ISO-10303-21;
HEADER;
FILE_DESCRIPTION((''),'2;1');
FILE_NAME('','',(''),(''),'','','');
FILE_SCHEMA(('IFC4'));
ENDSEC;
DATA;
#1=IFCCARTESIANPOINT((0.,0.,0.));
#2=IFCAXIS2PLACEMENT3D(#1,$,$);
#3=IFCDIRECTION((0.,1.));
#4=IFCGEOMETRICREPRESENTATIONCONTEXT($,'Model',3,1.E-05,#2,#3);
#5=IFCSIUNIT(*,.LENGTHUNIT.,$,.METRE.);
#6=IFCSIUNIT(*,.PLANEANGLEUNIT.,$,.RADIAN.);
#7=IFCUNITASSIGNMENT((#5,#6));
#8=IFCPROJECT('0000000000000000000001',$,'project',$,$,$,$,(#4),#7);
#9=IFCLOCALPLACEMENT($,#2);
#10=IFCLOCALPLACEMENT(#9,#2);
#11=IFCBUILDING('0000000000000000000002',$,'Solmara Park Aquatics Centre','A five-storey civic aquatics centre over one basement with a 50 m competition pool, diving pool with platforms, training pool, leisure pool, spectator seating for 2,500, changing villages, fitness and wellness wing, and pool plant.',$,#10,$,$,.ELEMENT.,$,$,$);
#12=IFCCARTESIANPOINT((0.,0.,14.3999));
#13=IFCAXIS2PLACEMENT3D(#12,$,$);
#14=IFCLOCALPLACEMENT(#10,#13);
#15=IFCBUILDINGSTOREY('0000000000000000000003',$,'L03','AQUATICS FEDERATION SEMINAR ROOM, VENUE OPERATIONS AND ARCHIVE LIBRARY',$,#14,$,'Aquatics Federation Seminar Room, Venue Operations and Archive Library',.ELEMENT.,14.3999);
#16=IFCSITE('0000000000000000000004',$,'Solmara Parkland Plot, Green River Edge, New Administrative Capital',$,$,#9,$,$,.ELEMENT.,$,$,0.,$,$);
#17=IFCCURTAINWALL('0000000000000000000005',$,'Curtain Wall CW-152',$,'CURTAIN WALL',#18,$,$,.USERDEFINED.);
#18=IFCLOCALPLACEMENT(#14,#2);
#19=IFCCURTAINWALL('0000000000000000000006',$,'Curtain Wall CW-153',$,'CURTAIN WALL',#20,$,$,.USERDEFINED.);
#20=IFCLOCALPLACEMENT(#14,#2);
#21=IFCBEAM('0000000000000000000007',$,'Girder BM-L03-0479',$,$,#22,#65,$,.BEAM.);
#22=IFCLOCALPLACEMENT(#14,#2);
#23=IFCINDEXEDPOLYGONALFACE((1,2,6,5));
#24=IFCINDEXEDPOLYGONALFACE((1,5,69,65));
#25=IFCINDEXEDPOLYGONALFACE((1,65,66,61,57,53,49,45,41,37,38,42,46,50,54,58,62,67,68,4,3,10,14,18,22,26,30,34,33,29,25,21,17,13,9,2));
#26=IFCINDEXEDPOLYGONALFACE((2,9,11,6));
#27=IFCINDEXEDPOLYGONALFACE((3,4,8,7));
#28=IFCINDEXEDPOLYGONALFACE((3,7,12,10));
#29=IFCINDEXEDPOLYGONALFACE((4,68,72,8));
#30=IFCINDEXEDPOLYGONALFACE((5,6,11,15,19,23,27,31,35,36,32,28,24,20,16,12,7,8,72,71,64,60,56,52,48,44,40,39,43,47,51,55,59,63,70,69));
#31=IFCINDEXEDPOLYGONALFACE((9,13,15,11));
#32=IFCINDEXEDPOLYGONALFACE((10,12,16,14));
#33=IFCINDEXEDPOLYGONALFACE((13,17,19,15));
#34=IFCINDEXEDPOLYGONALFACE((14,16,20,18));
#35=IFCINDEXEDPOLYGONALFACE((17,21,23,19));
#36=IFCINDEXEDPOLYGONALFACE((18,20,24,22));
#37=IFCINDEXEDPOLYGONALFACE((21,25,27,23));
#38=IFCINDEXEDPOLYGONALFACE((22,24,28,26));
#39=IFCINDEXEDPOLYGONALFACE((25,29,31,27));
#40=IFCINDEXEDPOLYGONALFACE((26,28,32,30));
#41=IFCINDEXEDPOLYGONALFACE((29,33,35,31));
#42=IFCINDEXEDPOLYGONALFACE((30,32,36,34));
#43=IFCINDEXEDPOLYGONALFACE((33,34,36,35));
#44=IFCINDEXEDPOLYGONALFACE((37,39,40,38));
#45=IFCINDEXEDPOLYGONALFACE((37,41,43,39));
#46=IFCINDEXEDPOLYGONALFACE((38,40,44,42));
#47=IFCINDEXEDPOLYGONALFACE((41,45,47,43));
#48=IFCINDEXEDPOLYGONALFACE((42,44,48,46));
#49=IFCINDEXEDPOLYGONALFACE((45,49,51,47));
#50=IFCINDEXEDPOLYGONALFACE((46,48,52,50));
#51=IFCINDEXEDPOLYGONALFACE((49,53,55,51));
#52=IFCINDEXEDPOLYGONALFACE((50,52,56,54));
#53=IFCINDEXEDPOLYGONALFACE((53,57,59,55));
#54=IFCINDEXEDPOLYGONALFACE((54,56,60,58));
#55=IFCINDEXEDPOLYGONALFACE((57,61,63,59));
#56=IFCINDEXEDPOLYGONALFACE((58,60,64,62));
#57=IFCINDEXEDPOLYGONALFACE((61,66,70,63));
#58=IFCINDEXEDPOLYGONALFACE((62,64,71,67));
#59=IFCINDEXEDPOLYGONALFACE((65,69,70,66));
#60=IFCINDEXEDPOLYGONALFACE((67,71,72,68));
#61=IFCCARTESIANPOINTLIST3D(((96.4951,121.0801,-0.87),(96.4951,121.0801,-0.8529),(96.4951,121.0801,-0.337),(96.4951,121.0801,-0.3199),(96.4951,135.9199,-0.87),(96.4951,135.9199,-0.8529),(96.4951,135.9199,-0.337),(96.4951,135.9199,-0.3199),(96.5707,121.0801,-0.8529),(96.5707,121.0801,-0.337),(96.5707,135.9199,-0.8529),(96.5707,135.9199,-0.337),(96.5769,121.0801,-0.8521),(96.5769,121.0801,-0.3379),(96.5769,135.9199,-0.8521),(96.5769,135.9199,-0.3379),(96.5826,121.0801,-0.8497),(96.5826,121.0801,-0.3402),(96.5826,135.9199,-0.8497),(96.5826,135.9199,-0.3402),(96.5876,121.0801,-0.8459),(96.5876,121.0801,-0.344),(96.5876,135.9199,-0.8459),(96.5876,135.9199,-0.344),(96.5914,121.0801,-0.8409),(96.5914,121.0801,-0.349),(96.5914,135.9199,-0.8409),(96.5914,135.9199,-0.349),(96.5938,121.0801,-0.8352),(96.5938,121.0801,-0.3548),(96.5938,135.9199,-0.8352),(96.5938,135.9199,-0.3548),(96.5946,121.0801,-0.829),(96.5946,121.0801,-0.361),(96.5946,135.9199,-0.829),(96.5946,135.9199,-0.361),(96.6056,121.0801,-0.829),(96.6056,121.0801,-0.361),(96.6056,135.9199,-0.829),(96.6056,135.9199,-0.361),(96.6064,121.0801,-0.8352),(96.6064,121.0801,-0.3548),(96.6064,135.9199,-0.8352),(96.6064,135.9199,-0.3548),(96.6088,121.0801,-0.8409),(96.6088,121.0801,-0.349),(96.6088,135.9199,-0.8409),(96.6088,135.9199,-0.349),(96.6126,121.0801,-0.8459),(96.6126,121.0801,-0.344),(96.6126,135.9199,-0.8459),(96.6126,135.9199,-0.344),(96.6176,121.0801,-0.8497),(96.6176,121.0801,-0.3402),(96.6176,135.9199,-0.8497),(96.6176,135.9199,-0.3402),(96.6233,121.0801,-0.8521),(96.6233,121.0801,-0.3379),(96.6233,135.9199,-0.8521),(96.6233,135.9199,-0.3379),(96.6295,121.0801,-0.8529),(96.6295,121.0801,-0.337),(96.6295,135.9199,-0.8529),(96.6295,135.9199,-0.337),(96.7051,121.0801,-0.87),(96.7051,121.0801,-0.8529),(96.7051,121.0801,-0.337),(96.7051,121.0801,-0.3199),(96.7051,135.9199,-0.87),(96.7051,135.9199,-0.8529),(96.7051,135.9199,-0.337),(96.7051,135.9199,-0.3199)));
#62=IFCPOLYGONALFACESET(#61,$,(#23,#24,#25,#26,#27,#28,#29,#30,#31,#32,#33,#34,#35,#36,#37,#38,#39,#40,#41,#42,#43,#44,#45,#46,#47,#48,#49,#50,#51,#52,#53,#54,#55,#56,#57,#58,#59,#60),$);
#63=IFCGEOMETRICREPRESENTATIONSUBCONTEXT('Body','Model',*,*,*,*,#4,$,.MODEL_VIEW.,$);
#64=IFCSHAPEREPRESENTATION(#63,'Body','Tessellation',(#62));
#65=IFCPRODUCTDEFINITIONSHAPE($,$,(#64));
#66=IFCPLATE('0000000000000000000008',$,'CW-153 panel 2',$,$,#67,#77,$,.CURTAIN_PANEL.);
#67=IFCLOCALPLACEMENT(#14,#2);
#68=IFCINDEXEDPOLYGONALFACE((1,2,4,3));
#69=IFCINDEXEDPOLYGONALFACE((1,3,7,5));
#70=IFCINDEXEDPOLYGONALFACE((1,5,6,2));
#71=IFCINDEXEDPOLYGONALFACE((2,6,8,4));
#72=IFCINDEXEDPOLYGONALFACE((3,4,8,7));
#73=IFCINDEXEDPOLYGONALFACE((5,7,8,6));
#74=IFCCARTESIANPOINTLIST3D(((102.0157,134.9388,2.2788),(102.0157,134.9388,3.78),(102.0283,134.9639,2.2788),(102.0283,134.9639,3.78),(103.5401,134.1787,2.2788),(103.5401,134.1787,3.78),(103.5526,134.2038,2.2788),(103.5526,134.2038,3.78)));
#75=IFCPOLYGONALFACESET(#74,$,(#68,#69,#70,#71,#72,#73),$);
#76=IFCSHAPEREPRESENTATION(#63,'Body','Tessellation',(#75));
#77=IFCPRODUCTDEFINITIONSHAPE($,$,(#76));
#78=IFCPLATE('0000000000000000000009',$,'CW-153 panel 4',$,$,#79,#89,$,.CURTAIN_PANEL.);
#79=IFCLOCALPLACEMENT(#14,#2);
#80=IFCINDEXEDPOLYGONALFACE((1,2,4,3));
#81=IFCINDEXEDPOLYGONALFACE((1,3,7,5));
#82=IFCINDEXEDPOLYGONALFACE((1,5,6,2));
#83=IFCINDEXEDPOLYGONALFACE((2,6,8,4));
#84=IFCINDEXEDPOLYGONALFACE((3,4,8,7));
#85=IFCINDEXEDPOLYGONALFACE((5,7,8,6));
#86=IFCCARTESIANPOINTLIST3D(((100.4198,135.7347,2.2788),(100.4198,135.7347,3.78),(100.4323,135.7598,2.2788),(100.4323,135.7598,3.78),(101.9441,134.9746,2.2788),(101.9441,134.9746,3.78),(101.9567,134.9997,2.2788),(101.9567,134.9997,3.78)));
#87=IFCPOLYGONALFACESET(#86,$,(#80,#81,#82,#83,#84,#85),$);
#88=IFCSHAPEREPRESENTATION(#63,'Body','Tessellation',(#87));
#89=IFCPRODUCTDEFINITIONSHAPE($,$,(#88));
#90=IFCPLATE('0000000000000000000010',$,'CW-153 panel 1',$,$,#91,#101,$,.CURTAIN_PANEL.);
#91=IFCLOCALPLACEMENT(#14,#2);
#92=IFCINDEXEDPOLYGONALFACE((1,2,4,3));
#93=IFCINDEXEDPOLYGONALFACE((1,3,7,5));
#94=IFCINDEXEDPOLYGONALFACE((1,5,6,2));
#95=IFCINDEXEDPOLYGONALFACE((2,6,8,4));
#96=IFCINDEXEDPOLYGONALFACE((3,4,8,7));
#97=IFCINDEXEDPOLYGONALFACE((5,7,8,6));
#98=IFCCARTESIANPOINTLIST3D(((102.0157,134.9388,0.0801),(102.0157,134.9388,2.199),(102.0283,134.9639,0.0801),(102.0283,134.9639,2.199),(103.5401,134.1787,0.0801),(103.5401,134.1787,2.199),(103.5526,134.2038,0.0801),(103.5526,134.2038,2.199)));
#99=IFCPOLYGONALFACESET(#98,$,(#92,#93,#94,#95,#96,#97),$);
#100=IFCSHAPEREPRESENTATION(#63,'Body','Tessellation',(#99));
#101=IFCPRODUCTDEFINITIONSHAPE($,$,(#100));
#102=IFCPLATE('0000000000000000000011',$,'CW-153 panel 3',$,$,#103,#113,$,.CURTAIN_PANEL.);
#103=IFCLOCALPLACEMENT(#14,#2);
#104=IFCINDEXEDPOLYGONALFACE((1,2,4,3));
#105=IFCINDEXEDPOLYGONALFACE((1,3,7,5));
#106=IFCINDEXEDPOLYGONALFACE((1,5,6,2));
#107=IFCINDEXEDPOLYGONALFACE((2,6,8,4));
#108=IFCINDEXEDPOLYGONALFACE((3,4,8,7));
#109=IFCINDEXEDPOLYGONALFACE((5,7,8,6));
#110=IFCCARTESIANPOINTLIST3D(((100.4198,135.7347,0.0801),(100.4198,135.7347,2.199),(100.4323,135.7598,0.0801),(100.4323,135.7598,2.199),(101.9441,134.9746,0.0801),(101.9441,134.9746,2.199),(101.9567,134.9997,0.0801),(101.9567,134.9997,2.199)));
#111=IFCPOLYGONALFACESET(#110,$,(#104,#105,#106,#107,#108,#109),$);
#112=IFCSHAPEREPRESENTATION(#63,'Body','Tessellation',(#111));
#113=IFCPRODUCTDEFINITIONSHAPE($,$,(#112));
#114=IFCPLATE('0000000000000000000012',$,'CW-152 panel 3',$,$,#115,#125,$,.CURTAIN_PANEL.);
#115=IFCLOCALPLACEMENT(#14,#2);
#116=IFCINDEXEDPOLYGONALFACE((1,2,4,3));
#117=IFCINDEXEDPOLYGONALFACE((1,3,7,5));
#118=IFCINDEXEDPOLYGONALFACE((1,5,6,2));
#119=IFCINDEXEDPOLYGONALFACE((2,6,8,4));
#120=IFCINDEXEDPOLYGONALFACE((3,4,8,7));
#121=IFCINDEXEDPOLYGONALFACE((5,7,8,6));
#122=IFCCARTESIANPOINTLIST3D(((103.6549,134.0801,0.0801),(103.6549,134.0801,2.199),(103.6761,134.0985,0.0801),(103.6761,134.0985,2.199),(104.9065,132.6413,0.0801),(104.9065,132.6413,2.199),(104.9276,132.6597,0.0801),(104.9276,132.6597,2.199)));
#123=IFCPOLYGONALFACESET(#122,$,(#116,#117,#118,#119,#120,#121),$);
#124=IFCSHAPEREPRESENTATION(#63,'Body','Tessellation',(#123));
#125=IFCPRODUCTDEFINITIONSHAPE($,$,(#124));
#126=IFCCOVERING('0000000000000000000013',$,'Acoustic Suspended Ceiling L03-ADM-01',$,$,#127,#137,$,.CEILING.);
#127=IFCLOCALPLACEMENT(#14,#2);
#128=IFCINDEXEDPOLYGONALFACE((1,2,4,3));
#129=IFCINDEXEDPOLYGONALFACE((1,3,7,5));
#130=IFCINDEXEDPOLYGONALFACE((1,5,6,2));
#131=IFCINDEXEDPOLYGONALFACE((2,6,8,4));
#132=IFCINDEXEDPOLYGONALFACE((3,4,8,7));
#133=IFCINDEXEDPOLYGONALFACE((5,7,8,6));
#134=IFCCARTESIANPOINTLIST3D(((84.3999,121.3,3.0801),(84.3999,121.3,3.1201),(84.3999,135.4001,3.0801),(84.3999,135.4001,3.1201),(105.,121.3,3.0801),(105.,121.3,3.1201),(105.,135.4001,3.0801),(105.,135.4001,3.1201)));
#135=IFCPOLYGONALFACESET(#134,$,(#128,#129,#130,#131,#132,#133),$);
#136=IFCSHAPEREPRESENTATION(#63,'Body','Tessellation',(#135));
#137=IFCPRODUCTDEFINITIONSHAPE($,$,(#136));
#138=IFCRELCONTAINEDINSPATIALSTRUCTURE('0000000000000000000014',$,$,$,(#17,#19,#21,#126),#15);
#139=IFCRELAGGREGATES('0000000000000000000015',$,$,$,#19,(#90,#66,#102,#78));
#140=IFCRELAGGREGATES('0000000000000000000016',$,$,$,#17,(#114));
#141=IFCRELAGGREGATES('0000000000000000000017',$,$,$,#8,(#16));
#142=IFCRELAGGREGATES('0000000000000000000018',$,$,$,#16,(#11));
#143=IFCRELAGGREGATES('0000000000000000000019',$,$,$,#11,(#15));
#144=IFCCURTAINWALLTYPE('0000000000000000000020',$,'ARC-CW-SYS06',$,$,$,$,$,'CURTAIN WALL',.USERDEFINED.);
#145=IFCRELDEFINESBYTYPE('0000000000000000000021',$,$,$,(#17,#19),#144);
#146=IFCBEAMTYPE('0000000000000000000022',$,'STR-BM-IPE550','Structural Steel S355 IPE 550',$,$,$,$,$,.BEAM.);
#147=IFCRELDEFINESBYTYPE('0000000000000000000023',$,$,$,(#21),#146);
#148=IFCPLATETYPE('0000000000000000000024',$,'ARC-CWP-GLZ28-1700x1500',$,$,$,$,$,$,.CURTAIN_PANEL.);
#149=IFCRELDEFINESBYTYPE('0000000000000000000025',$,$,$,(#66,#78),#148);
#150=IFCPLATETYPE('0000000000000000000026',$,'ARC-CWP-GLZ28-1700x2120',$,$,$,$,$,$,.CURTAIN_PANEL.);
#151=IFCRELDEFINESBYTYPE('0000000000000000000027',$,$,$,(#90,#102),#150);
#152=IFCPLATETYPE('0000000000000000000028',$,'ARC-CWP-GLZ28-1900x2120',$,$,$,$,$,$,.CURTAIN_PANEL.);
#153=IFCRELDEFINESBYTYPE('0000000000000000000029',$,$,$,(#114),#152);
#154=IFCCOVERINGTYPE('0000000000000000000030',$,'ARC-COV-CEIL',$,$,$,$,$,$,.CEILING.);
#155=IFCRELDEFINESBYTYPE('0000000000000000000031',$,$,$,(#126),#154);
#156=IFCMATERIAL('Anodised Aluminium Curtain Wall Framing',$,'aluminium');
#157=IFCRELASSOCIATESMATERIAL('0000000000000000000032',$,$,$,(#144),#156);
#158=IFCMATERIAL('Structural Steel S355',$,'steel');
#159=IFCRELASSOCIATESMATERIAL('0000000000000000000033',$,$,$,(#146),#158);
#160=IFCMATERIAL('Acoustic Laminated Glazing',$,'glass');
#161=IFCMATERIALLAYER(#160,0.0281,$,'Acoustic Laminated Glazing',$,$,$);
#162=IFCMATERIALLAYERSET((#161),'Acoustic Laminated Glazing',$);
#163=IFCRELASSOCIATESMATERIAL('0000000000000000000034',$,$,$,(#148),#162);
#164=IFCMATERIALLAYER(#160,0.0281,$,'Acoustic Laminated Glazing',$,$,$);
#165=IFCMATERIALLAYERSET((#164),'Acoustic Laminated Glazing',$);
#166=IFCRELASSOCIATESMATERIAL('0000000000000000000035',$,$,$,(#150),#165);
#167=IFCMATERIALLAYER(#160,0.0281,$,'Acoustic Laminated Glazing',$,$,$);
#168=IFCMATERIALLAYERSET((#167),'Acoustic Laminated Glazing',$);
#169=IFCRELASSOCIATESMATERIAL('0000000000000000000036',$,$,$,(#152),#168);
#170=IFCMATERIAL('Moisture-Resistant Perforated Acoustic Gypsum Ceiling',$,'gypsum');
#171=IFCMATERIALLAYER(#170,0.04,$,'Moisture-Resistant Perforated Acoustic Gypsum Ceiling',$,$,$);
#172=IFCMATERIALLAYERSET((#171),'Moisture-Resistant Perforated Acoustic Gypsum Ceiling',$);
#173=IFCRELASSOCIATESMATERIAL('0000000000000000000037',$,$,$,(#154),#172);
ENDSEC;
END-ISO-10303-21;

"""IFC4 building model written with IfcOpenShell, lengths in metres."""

from ifc_helpers import new_model, si_unit, direction, frame, origin, origin_2d, place, context, subcontext, project, spatial, rectangle, i_section, extrude, material, layer, layer_set, material_profile, profile_set, type_object, element, aggregate, save


model = new_model("IFC4")

# Units and contexts
model_context = context("Model", 3, precision=1e-05, world=origin(), true_north=direction((0.0, 1.0)))
body_context = subcontext(model_context, "Body", "Model", "MODEL_VIEW")
ifc_project = project(units=[si_unit("LENGTHUNIT", "METRE"), si_unit("PLANEANGLEUNIT", "RADIAN")], contexts=[model_context])

# Site, building, storey
site_placement = place(None, origin())
site = spatial("IfcSite", under=ifc_project, at=site_placement, Name="Solmara Parkland Plot, Green River Edge, New Administrative Capital", CompositionType="ELEMENT", RefElevation=0.0)
building_placement = place(site_placement, origin())
building = spatial("IfcBuilding", under=site, at=building_placement, Name="Solmara Park Aquatics Centre", Description="A five-storey civic aquatics centre over one basement with a 50 m competition pool, diving pool with platforms, training pool, leisure pool, spectator seating for 2,500, changing villages, fitness and wellness wing, and pool plant.", CompositionType="ELEMENT")
storey_placement = place(building_placement, frame((0.0, 0.0, 14.3999)))
storey = spatial("IfcBuildingStorey", under=building, at=storey_placement, Name="L03", Description="AQUATICS FEDERATION SEMINAR ROOM, VENUE OPERATIONS AND ARCHIVE LIBRARY", LongName="Aquatics Federation Seminar Room, Venue Operations and Archive Library", CompositionType="ELEMENT", Elevation=14.3999)

# Curtain wall
ifc_material_1 = material(Name="Anodised Aluminium Curtain Wall Framing", Category="aluminium")
curtain_wall_type = type_object("IfcCurtainWallType", Name="ARC-CW-SYS06", ElementType="CURTAIN WALL", PredefinedType="USERDEFINED", material=ifc_material_1)
curtain_wall_1_placement = place(storey_placement, origin())
curtain_wall_1 = element("IfcCurtainWall", 1, at=curtain_wall_1_placement, inside=storey, type_object=curtain_wall_type, Name="Curtain Wall CW-152", ObjectType="CURTAIN WALL", PredefinedType="USERDEFINED")

# Curtain wall
curtain_wall_2_placement = place(storey_placement, origin())
curtain_wall_2 = element("IfcCurtainWall", 2, at=curtain_wall_2_placement, inside=storey, type_object=curtain_wall_type, Name="Curtain Wall CW-153", ObjectType="CURTAIN WALL", PredefinedType="USERDEFINED")

# Beam
ifc_material_2 = material(Name="Structural Steel S355", Category="steel")
ifc_material_profile_1 = material_profile(ifc_material_2, i_section(OverallWidth=0.21, OverallDepth=0.55, WebThickness=0.011, FlangeThickness=0.0171, FilletRadius=0.0239, at=origin_2d()), Name="IPE 550")
ifc_profile_set_1 = profile_set([ifc_material_profile_1], Name="Structural Steel S355")
beam_type = type_object("IfcBeamType", Name="STR-BM-IPE550", Description="Structural Steel S355 IPE 550", PredefinedType="BEAM", material=ifc_profile_set_1)
beam_placement = place(storey_placement, frame((96.6001, 121.0801, -0.595), z_axis=(0.0, 1.0, 0.0), x_axis=(-1.0, 0.0, 0.0)))
element("IfcBeam", 3, at=beam_placement, inside=storey, type_object=beam_type, Name="Girder BM-L03-0479", PredefinedType="BEAM", context=body_context, shape_type="SweptSolid", body=[
    extrude(i_section(OverallWidth=0.21, OverallDepth=0.55, WebThickness=0.011, FlangeThickness=0.0171, FilletRadius=0.0239, at=origin_2d()), origin(), (0.0, 0.0, 1.0), 14.8398),
])

# Plates
ifc_material_3 = material(Name="Acoustic Laminated Glazing", Category="glass")
ifc_layer_1 = layer(ifc_material_3, 0.0281, Name="Acoustic Laminated Glazing")
ifc_layer_set_1 = layer_set([ifc_layer_1], Name="Acoustic Laminated Glazing")
plate_type_1 = type_object("IfcPlateType", Name="ARC-CWP-GLZ28-1700x1500", PredefinedType="CURTAIN_PANEL", material=ifc_layer_set_1)
plate_1_placement = place(storey_placement, frame((102.7842, 134.5713, 2.2788), z_axis=(0.0, 0.0, 1.0), x_axis=(-0.894904, 0.446259, 0.0)))
plate_1 = element("IfcPlate", 4, at=plate_1_placement, type_object=plate_type_1, Name="CW-153 panel 2", PredefinedType="CURTAIN_PANEL", context=body_context, shape_type="SweptSolid", body=[
    extrude(rectangle(XDim=1.7034, YDim=0.0281, at=origin_2d()), origin(), (0.0, 0.0, 1.0), 1.5012),
])
plate_2_placement = place(storey_placement, frame((101.1882, 135.3672, 2.2788), z_axis=(0.0, 0.0, 1.0), x_axis=(-0.894904, 0.446259, 0.0)))
plate_2 = element("IfcPlate", 5, at=plate_2_placement, type_object=plate_type_1, Name="CW-153 panel 4", PredefinedType="CURTAIN_PANEL", context=body_context, shape_type="SweptSolid", body=[
    extrude(rectangle(XDim=1.7034, YDim=0.0281, at=origin_2d()), origin(), (0.0, 0.0, 1.0), 1.5012),
])
ifc_layer_2 = layer(ifc_material_3, 0.0281, Name="Acoustic Laminated Glazing")
ifc_layer_set_2 = layer_set([ifc_layer_2], Name="Acoustic Laminated Glazing")
plate_type_2 = type_object("IfcPlateType", Name="ARC-CWP-GLZ28-1700x2120", PredefinedType="CURTAIN_PANEL", material=ifc_layer_set_2)
plate_3_placement = place(storey_placement, frame((102.7842, 134.5713, 0.0801), z_axis=(0.0, 0.0, 1.0), x_axis=(-0.894904, 0.446259, 0.0)))
plate_3 = element("IfcPlate", 6, at=plate_3_placement, type_object=plate_type_2, Name="CW-153 panel 1", PredefinedType="CURTAIN_PANEL", context=body_context, shape_type="SweptSolid", body=[
    extrude(rectangle(XDim=1.7034, YDim=0.0281, at=origin_2d()), origin(), (0.0, 0.0, 1.0), 2.1189),
])
plate_4_placement = place(storey_placement, frame((101.1882, 135.3672, 0.0801), z_axis=(0.0, 0.0, 1.0), x_axis=(-0.894904, 0.446259, 0.0)))
plate_4 = element("IfcPlate", 7, at=plate_4_placement, type_object=plate_type_2, Name="CW-153 panel 3", PredefinedType="CURTAIN_PANEL", context=body_context, shape_type="SweptSolid", body=[
    extrude(rectangle(XDim=1.7034, YDim=0.0281, at=origin_2d()), origin(), (0.0, 0.0, 1.0), 2.1189),
])
aggregate(curtain_wall_2, [plate_3, plate_1, plate_4, plate_2])
ifc_layer_3 = layer(ifc_material_3, 0.0281, Name="Acoustic Laminated Glazing")
ifc_layer_set_3 = layer_set([ifc_layer_3], Name="Acoustic Laminated Glazing")
plate_type_3 = type_object("IfcPlateType", Name="ARC-CWP-GLZ28-1900x2120", PredefinedType="CURTAIN_PANEL", material=ifc_layer_set_3)
plate_5_placement = place(storey_placement, frame((104.2913, 133.3699, 0.0801), z_axis=(0.0, 0.0, 1.0), x_axis=(-0.65632, 0.754483, 0.0)))
plate_5 = element("IfcPlate", 8, at=plate_5_placement, type_object=plate_type_3, Name="CW-152 panel 3", PredefinedType="CURTAIN_PANEL", context=body_context, shape_type="SweptSolid", body=[
    extrude(rectangle(XDim=1.907, YDim=0.0281, at=origin_2d()), origin(), (0.0, 0.0, 1.0), 2.1189),
])
aggregate(curtain_wall_1, [plate_5])

# Covering
ifc_material_4 = material(Name="Moisture-Resistant Perforated Acoustic Gypsum Ceiling", Category="gypsum")
ifc_layer_4 = layer(ifc_material_4, 0.04, Name="Moisture-Resistant Perforated Acoustic Gypsum Ceiling")
ifc_layer_set_4 = layer_set([ifc_layer_4], Name="Moisture-Resistant Perforated Acoustic Gypsum Ceiling")
covering_type = type_object("IfcCoveringType", Name="ARC-COV-CEIL", PredefinedType="CEILING", material=ifc_layer_set_4)
covering_placement = place(storey_placement, frame((94.7, 128.3501, 3.0801), z_axis=(0.0, 0.0, 1.0), x_axis=(1.0, 0.0, 0.0)))
element("IfcCovering", 9, at=covering_placement, inside=storey, type_object=covering_type, Name="Acoustic Suspended Ceiling L03-ADM-01", PredefinedType="CEILING", context=body_context, shape_type="SweptSolid", body=[
    extrude(rectangle(XDim=20.6001, YDim=14.1001, at=origin_2d()), origin(), (0.0, 0.0, 1.0), 0.04),
])

save(model, "model.ifc")
